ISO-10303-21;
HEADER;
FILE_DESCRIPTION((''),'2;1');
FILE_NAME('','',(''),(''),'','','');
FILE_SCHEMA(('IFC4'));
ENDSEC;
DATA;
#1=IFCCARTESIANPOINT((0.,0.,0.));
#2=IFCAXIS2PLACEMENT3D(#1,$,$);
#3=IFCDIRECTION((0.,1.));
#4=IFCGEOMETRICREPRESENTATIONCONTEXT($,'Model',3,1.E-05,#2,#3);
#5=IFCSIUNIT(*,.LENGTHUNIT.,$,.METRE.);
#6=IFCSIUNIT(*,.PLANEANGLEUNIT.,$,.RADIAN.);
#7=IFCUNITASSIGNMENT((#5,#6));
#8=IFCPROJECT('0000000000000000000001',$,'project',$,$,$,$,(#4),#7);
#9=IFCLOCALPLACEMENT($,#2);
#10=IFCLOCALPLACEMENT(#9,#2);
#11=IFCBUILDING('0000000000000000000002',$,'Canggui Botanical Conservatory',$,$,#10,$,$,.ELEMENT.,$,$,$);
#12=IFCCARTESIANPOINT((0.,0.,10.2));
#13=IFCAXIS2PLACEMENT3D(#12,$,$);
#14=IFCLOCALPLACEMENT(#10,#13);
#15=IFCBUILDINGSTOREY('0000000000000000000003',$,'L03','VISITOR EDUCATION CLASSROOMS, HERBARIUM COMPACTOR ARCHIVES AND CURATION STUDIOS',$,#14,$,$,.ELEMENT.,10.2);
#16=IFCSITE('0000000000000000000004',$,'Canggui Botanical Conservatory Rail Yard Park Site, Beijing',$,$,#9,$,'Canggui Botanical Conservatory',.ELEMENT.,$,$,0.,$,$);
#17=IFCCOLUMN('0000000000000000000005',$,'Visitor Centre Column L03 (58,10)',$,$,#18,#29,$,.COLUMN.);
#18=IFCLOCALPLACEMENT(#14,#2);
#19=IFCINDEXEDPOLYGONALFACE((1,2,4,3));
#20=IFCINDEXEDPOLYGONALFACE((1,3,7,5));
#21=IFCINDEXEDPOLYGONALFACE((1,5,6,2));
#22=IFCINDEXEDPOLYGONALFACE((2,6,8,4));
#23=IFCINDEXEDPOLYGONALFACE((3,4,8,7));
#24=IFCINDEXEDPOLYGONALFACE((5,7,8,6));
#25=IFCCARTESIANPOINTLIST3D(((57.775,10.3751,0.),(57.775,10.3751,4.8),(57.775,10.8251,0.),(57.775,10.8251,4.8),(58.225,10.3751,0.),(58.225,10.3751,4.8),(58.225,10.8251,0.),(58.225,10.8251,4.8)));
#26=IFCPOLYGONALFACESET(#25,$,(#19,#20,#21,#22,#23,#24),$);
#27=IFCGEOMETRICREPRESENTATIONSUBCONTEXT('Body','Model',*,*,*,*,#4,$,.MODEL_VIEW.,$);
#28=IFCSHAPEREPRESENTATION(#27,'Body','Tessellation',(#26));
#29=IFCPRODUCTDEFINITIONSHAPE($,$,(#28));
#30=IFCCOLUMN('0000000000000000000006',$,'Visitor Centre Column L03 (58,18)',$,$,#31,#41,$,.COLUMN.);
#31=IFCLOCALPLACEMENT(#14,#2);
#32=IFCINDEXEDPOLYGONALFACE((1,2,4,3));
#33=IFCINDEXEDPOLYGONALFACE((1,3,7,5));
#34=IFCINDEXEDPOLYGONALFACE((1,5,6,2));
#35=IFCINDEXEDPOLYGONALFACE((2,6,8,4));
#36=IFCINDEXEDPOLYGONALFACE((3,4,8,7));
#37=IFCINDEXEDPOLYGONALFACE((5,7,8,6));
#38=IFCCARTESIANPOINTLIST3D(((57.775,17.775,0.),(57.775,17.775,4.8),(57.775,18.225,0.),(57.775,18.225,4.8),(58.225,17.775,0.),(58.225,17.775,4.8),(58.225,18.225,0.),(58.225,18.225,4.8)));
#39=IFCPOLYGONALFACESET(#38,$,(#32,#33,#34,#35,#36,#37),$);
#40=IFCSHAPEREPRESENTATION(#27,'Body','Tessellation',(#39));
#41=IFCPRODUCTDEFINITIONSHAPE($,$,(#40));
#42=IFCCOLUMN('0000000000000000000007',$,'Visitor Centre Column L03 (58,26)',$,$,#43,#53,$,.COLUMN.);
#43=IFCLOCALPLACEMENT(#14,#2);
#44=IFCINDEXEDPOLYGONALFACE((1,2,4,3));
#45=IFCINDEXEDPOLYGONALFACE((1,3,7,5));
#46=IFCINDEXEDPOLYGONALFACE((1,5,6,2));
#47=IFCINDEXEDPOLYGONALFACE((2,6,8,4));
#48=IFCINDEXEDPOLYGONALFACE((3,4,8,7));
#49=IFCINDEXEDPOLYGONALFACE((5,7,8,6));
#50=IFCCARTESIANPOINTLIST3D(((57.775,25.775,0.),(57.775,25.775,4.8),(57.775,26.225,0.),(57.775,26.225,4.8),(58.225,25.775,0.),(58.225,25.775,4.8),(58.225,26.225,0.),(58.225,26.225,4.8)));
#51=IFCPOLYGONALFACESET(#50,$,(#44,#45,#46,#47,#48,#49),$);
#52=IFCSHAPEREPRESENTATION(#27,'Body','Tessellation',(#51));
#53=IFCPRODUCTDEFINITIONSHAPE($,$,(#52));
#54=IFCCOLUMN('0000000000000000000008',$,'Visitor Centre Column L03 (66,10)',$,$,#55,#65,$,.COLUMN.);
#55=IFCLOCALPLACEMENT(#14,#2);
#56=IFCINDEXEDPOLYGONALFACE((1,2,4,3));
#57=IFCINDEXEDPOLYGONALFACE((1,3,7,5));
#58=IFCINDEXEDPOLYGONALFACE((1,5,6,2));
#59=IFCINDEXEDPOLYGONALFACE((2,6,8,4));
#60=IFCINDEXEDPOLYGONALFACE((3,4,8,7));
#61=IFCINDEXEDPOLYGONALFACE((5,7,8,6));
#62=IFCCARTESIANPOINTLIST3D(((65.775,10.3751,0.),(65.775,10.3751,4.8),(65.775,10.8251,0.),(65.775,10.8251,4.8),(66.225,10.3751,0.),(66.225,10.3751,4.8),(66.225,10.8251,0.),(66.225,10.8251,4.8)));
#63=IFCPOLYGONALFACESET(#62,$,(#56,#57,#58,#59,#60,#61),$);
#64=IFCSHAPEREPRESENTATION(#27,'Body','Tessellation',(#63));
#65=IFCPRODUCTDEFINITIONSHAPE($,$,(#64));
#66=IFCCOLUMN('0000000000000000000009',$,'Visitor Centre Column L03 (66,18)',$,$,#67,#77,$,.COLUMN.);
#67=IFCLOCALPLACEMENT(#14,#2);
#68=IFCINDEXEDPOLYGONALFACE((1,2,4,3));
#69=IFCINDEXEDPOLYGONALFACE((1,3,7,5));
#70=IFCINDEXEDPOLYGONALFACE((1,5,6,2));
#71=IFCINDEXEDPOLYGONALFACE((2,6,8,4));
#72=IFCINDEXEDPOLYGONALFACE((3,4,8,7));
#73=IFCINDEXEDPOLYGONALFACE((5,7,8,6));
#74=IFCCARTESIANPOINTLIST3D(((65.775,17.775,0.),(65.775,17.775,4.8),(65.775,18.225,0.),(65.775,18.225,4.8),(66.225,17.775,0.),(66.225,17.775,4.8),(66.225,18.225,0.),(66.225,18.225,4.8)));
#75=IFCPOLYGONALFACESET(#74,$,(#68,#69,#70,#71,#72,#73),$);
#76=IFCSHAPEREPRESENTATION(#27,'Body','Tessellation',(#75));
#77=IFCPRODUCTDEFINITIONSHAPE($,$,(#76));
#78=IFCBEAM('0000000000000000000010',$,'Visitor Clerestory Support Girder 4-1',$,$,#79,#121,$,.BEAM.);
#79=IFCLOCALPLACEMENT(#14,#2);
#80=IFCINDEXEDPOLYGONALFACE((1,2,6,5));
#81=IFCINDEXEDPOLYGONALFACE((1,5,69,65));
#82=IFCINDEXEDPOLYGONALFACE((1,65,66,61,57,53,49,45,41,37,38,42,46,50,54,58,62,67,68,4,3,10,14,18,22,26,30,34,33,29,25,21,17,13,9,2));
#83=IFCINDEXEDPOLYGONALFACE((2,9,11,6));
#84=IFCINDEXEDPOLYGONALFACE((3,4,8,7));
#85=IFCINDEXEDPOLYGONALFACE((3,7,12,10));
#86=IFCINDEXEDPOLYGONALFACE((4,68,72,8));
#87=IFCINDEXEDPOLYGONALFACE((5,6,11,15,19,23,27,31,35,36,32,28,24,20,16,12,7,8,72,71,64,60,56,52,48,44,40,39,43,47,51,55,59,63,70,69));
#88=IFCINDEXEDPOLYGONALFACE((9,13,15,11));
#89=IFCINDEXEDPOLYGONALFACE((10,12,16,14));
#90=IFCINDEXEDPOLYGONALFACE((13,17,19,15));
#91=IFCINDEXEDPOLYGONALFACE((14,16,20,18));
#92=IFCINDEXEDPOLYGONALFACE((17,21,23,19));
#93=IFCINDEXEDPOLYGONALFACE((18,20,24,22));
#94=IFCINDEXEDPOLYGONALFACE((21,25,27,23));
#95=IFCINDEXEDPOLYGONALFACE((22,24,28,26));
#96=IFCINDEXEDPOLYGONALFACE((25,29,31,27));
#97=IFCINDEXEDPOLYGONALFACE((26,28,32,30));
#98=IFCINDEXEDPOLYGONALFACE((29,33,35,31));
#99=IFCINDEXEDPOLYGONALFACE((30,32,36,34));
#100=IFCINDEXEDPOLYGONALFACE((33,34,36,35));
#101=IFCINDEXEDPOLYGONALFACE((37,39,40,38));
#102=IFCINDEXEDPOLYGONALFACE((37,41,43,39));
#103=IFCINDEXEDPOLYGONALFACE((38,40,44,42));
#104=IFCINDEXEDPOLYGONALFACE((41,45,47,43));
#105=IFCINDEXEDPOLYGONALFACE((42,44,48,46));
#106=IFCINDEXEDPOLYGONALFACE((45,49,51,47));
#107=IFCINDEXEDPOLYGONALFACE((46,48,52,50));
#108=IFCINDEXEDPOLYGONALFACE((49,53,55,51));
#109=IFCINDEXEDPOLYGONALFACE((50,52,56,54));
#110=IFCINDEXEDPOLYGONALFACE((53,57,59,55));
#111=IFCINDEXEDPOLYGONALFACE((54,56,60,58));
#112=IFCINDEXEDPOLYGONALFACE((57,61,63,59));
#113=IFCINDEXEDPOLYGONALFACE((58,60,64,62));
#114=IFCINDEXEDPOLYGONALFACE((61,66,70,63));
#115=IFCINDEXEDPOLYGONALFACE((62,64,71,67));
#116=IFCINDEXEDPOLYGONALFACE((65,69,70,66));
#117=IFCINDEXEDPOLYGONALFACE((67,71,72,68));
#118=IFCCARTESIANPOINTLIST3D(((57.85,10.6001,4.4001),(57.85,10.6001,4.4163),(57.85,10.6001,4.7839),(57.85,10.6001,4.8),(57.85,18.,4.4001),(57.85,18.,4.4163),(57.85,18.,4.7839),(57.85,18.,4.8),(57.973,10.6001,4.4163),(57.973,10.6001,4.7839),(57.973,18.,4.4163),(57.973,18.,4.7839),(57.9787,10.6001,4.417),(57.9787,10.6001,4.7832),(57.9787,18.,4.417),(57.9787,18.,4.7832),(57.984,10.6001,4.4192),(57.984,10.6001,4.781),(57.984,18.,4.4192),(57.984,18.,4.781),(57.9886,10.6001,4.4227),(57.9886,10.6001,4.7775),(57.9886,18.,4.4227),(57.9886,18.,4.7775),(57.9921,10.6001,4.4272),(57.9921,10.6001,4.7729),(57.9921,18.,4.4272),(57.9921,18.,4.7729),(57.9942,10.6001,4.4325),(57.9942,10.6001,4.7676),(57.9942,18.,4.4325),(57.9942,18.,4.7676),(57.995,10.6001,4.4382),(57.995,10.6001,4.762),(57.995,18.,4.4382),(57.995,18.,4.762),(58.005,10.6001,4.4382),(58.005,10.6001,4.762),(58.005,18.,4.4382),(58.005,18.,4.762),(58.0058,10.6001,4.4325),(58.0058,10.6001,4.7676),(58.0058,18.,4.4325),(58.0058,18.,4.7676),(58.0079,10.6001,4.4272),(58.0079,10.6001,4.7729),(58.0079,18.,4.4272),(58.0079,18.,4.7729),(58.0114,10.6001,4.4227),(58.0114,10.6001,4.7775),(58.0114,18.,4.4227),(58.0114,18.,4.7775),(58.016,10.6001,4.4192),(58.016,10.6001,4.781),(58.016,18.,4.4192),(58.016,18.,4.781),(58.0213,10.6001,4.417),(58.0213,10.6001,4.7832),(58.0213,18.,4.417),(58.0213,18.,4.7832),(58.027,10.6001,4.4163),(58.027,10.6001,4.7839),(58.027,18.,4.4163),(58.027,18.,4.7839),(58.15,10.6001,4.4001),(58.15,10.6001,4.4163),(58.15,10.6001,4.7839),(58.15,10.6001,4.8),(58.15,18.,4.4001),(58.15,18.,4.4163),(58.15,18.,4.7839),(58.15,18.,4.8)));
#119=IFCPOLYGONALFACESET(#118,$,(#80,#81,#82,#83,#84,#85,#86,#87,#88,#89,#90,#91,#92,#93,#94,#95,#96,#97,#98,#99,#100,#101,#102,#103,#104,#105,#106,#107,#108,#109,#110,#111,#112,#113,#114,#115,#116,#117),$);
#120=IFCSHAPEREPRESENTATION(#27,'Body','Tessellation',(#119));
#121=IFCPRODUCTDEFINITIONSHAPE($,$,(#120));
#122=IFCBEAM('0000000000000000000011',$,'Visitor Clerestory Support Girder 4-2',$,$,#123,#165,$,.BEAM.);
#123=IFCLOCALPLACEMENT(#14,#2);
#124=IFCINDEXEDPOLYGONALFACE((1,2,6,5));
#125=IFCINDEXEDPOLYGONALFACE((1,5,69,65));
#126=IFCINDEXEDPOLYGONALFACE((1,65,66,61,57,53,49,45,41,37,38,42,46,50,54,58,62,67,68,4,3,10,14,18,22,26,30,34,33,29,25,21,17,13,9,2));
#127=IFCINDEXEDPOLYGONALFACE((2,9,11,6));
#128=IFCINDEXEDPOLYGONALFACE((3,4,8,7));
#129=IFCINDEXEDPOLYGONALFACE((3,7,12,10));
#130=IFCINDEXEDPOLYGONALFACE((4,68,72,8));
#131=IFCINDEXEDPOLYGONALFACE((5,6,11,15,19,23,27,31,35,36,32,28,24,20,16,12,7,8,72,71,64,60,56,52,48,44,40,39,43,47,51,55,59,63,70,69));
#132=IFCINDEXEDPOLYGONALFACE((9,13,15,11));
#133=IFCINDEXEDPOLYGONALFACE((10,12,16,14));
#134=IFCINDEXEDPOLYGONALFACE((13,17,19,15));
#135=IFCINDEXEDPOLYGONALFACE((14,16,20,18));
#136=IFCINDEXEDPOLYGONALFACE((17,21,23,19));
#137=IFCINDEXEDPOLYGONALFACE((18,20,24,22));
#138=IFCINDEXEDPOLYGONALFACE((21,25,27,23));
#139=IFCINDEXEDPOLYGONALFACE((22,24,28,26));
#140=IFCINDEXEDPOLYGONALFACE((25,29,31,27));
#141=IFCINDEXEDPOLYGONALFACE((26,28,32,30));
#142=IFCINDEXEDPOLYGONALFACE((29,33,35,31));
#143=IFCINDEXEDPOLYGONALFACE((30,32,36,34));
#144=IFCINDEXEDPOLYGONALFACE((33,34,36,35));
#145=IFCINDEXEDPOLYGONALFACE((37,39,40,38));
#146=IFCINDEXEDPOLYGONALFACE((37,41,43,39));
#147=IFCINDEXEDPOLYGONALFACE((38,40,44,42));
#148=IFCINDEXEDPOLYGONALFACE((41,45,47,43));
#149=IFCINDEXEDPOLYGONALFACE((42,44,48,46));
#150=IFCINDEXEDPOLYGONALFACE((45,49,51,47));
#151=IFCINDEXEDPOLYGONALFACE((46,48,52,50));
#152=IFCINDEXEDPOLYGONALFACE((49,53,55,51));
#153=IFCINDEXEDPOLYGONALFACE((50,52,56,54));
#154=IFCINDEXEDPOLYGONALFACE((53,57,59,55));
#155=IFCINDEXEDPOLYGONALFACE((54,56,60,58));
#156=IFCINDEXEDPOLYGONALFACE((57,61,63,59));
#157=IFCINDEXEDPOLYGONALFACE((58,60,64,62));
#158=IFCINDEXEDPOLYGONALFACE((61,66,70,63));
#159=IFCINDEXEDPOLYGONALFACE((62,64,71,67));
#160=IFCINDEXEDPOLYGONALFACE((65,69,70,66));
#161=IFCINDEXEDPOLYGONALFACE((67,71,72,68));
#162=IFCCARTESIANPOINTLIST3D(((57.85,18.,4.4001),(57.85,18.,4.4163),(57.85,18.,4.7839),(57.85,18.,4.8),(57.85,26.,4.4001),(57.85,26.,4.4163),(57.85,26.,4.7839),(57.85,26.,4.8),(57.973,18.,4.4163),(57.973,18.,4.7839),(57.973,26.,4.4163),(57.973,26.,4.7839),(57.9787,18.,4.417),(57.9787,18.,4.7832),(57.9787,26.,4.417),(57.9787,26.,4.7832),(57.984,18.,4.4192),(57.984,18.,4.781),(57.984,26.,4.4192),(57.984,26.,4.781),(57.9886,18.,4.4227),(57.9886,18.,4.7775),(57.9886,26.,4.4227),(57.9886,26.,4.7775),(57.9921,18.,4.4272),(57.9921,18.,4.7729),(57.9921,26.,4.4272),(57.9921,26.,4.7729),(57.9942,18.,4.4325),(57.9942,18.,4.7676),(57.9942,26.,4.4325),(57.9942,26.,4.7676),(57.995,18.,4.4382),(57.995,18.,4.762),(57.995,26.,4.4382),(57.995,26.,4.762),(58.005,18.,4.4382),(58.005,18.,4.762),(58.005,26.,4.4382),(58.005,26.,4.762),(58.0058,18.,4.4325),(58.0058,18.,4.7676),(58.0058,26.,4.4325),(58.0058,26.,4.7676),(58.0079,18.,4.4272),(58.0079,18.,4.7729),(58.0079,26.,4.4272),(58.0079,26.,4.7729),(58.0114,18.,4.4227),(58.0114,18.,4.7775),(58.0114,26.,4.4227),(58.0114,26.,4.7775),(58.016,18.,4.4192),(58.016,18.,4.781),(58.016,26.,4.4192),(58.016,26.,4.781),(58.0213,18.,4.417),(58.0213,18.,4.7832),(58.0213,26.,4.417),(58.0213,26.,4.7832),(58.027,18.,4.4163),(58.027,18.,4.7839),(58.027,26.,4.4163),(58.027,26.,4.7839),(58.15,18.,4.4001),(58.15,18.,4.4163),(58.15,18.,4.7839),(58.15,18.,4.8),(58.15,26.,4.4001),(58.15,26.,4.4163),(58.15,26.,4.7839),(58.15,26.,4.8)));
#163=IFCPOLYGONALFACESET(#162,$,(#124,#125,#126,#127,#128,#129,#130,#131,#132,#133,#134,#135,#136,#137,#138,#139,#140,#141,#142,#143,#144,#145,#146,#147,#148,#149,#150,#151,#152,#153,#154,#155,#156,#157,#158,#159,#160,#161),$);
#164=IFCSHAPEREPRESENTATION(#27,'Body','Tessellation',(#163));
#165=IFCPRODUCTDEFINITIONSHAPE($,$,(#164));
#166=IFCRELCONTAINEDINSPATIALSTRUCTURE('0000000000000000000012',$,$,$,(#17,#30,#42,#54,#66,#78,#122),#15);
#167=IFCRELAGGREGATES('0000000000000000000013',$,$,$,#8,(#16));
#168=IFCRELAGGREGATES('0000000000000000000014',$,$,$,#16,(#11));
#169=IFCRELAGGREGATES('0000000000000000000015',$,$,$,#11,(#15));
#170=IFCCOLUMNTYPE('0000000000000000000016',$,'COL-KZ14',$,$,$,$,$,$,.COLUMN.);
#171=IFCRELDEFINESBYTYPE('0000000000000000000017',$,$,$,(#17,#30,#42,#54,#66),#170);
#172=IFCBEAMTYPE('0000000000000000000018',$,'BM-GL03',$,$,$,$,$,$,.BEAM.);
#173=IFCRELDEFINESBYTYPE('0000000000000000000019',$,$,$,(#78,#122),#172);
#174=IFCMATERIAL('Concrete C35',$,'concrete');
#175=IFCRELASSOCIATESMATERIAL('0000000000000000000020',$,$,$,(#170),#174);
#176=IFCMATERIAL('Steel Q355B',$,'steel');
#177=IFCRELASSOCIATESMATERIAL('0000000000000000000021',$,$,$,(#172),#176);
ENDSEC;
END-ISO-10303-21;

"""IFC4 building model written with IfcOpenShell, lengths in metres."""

from ifc_helpers import new_model, si_unit, direction, frame, origin, origin_2d, place, context, subcontext, project, spatial, rectangle, i_section, extrude, material, material_profile, profile_set, type_object, element, save


model = new_model("IFC4")

# Units and contexts
model_context = context("Model", 3, precision=1e-05, world=origin(), true_north=direction((0.0, 1.0)))
body_context = subcontext(model_context, "Body", "Model", "MODEL_VIEW")
ifc_project = project(units=[si_unit("LENGTHUNIT", "METRE"), si_unit("PLANEANGLEUNIT", "RADIAN")], contexts=[model_context])

# Site, building, storey
site_placement = place(None, origin())
site = spatial("IfcSite", under=ifc_project, at=site_placement, Name="Canggui Botanical Conservatory Rail Yard Park Site, Beijing", LongName="Canggui Botanical Conservatory", CompositionType="ELEMENT", RefElevation=0.0)
building_placement = place(site_placement, origin())
building = spatial("IfcBuilding", under=site, at=building_placement, Name="Canggui Botanical Conservatory", CompositionType="ELEMENT")
storey_placement = place(building_placement, frame((0.0, 0.0, 10.2)))
storey = spatial("IfcBuildingStorey", under=building, at=storey_placement, Name="L03", Description="VISITOR EDUCATION CLASSROOMS, HERBARIUM COMPACTOR ARCHIVES AND CURATION STUDIOS", CompositionType="ELEMENT", Elevation=10.2)

# Columns
ifc_material_1 = material(Name="Concrete C35", Category="concrete")
ifc_material_profile_1 = material_profile(ifc_material_1, rectangle(XDim=0.45, YDim=0.45, at=origin_2d()), Name="RC 450x450")
ifc_profile_set_1 = profile_set([ifc_material_profile_1], Name="Concrete C35")
column_type = type_object("IfcColumnType", Name="COL-KZ14", PredefinedType="COLUMN", material=ifc_profile_set_1)
for number, where, z_axis, x_axis, name in (
    (1, (58.0, 10.6001, 0.0), (0.0, 0.0, 1.0), (1.0, 0.0, 0.0), "Visitor Centre Column L03 (58,10)"),
    (2, (58.0, 18.0, 0.0), (0.0, 0.0, 1.0), (1.0, 0.0, 0.0), "Visitor Centre Column L03 (58,18)"),
    (3, (58.0, 26.0, 0.0), (0.0, 0.0, 1.0), (1.0, 0.0, 0.0), "Visitor Centre Column L03 (58,26)"),
    (4, (66.0, 10.6001, 0.0), (0.0, 0.0, 1.0), (1.0, 0.0, 0.0), "Visitor Centre Column L03 (66,10)"),
    (5, (66.0, 18.0, 0.0), (0.0, 0.0, 1.0), (1.0, 0.0, 0.0), "Visitor Centre Column L03 (66,18)"),
):
    element("IfcColumn", number, at=place(storey_placement, frame(where, z_axis=z_axis, x_axis=x_axis)), inside=storey, type_object=column_type, Name=name, PredefinedType="COLUMN", context=body_context, shape_type="SweptSolid", body=[
        extrude(rectangle(XDim=0.45, YDim=0.45, at=origin_2d()), origin(), (0.0, 0.0, 1.0), 4.8),
    ])

# Beams
ifc_material_2 = material(Name="Steel Q355B", Category="steel")
ifc_material_profile_2 = material_profile(ifc_material_2, i_section(OverallWidth=0.3, OverallDepth=0.3999, WebThickness=0.01, FlangeThickness=0.0161, FilletRadius=0.022, at=origin_2d()), Name="HM 400x300x10x16")
ifc_profile_set_2 = profile_set([ifc_material_profile_2], Name="Steel Q355B")
beam_type_1 = type_object("IfcBeamType", Name="BM-GL03", PredefinedType="BEAM", material=ifc_profile_set_2)
beam_1_placement = place(storey_placement, frame((58.0, 10.6001, 4.6001), z_axis=(0.0, 1.0, 0.0), x_axis=(-1.0, 0.0, 0.0)))
element("IfcBeam", 6, at=beam_1_placement, inside=storey, type_object=beam_type_1, Name="Visitor Clerestory Support Girder 4-1", PredefinedType="BEAM", context=body_context, shape_type="SweptSolid", body=[
    extrude(i_section(OverallWidth=0.3, OverallDepth=0.3999, WebThickness=0.01, FlangeThickness=0.0161, FilletRadius=0.022, at=origin_2d()), origin(), (0.0, 0.0, 1.0), 7.3999),
])
beam_2_placement = place(storey_placement, frame((58.0, 18.0, 4.6001), z_axis=(0.0, 1.0, 0.0), x_axis=(-1.0, 0.0, 0.0)))
element("IfcBeam", 7, at=beam_2_placement, inside=storey, type_object=beam_type_1, Name="Visitor Clerestory Support Girder 4-2", PredefinedType="BEAM", context=body_context, shape_type="SweptSolid", body=[
    extrude(i_section(OverallWidth=0.3, OverallDepth=0.3999, WebThickness=0.01, FlangeThickness=0.0161, FilletRadius=0.022, at=origin_2d()), origin(), (0.0, 0.0, 1.0), 8.0),
])

save(model, "model.ifc")
